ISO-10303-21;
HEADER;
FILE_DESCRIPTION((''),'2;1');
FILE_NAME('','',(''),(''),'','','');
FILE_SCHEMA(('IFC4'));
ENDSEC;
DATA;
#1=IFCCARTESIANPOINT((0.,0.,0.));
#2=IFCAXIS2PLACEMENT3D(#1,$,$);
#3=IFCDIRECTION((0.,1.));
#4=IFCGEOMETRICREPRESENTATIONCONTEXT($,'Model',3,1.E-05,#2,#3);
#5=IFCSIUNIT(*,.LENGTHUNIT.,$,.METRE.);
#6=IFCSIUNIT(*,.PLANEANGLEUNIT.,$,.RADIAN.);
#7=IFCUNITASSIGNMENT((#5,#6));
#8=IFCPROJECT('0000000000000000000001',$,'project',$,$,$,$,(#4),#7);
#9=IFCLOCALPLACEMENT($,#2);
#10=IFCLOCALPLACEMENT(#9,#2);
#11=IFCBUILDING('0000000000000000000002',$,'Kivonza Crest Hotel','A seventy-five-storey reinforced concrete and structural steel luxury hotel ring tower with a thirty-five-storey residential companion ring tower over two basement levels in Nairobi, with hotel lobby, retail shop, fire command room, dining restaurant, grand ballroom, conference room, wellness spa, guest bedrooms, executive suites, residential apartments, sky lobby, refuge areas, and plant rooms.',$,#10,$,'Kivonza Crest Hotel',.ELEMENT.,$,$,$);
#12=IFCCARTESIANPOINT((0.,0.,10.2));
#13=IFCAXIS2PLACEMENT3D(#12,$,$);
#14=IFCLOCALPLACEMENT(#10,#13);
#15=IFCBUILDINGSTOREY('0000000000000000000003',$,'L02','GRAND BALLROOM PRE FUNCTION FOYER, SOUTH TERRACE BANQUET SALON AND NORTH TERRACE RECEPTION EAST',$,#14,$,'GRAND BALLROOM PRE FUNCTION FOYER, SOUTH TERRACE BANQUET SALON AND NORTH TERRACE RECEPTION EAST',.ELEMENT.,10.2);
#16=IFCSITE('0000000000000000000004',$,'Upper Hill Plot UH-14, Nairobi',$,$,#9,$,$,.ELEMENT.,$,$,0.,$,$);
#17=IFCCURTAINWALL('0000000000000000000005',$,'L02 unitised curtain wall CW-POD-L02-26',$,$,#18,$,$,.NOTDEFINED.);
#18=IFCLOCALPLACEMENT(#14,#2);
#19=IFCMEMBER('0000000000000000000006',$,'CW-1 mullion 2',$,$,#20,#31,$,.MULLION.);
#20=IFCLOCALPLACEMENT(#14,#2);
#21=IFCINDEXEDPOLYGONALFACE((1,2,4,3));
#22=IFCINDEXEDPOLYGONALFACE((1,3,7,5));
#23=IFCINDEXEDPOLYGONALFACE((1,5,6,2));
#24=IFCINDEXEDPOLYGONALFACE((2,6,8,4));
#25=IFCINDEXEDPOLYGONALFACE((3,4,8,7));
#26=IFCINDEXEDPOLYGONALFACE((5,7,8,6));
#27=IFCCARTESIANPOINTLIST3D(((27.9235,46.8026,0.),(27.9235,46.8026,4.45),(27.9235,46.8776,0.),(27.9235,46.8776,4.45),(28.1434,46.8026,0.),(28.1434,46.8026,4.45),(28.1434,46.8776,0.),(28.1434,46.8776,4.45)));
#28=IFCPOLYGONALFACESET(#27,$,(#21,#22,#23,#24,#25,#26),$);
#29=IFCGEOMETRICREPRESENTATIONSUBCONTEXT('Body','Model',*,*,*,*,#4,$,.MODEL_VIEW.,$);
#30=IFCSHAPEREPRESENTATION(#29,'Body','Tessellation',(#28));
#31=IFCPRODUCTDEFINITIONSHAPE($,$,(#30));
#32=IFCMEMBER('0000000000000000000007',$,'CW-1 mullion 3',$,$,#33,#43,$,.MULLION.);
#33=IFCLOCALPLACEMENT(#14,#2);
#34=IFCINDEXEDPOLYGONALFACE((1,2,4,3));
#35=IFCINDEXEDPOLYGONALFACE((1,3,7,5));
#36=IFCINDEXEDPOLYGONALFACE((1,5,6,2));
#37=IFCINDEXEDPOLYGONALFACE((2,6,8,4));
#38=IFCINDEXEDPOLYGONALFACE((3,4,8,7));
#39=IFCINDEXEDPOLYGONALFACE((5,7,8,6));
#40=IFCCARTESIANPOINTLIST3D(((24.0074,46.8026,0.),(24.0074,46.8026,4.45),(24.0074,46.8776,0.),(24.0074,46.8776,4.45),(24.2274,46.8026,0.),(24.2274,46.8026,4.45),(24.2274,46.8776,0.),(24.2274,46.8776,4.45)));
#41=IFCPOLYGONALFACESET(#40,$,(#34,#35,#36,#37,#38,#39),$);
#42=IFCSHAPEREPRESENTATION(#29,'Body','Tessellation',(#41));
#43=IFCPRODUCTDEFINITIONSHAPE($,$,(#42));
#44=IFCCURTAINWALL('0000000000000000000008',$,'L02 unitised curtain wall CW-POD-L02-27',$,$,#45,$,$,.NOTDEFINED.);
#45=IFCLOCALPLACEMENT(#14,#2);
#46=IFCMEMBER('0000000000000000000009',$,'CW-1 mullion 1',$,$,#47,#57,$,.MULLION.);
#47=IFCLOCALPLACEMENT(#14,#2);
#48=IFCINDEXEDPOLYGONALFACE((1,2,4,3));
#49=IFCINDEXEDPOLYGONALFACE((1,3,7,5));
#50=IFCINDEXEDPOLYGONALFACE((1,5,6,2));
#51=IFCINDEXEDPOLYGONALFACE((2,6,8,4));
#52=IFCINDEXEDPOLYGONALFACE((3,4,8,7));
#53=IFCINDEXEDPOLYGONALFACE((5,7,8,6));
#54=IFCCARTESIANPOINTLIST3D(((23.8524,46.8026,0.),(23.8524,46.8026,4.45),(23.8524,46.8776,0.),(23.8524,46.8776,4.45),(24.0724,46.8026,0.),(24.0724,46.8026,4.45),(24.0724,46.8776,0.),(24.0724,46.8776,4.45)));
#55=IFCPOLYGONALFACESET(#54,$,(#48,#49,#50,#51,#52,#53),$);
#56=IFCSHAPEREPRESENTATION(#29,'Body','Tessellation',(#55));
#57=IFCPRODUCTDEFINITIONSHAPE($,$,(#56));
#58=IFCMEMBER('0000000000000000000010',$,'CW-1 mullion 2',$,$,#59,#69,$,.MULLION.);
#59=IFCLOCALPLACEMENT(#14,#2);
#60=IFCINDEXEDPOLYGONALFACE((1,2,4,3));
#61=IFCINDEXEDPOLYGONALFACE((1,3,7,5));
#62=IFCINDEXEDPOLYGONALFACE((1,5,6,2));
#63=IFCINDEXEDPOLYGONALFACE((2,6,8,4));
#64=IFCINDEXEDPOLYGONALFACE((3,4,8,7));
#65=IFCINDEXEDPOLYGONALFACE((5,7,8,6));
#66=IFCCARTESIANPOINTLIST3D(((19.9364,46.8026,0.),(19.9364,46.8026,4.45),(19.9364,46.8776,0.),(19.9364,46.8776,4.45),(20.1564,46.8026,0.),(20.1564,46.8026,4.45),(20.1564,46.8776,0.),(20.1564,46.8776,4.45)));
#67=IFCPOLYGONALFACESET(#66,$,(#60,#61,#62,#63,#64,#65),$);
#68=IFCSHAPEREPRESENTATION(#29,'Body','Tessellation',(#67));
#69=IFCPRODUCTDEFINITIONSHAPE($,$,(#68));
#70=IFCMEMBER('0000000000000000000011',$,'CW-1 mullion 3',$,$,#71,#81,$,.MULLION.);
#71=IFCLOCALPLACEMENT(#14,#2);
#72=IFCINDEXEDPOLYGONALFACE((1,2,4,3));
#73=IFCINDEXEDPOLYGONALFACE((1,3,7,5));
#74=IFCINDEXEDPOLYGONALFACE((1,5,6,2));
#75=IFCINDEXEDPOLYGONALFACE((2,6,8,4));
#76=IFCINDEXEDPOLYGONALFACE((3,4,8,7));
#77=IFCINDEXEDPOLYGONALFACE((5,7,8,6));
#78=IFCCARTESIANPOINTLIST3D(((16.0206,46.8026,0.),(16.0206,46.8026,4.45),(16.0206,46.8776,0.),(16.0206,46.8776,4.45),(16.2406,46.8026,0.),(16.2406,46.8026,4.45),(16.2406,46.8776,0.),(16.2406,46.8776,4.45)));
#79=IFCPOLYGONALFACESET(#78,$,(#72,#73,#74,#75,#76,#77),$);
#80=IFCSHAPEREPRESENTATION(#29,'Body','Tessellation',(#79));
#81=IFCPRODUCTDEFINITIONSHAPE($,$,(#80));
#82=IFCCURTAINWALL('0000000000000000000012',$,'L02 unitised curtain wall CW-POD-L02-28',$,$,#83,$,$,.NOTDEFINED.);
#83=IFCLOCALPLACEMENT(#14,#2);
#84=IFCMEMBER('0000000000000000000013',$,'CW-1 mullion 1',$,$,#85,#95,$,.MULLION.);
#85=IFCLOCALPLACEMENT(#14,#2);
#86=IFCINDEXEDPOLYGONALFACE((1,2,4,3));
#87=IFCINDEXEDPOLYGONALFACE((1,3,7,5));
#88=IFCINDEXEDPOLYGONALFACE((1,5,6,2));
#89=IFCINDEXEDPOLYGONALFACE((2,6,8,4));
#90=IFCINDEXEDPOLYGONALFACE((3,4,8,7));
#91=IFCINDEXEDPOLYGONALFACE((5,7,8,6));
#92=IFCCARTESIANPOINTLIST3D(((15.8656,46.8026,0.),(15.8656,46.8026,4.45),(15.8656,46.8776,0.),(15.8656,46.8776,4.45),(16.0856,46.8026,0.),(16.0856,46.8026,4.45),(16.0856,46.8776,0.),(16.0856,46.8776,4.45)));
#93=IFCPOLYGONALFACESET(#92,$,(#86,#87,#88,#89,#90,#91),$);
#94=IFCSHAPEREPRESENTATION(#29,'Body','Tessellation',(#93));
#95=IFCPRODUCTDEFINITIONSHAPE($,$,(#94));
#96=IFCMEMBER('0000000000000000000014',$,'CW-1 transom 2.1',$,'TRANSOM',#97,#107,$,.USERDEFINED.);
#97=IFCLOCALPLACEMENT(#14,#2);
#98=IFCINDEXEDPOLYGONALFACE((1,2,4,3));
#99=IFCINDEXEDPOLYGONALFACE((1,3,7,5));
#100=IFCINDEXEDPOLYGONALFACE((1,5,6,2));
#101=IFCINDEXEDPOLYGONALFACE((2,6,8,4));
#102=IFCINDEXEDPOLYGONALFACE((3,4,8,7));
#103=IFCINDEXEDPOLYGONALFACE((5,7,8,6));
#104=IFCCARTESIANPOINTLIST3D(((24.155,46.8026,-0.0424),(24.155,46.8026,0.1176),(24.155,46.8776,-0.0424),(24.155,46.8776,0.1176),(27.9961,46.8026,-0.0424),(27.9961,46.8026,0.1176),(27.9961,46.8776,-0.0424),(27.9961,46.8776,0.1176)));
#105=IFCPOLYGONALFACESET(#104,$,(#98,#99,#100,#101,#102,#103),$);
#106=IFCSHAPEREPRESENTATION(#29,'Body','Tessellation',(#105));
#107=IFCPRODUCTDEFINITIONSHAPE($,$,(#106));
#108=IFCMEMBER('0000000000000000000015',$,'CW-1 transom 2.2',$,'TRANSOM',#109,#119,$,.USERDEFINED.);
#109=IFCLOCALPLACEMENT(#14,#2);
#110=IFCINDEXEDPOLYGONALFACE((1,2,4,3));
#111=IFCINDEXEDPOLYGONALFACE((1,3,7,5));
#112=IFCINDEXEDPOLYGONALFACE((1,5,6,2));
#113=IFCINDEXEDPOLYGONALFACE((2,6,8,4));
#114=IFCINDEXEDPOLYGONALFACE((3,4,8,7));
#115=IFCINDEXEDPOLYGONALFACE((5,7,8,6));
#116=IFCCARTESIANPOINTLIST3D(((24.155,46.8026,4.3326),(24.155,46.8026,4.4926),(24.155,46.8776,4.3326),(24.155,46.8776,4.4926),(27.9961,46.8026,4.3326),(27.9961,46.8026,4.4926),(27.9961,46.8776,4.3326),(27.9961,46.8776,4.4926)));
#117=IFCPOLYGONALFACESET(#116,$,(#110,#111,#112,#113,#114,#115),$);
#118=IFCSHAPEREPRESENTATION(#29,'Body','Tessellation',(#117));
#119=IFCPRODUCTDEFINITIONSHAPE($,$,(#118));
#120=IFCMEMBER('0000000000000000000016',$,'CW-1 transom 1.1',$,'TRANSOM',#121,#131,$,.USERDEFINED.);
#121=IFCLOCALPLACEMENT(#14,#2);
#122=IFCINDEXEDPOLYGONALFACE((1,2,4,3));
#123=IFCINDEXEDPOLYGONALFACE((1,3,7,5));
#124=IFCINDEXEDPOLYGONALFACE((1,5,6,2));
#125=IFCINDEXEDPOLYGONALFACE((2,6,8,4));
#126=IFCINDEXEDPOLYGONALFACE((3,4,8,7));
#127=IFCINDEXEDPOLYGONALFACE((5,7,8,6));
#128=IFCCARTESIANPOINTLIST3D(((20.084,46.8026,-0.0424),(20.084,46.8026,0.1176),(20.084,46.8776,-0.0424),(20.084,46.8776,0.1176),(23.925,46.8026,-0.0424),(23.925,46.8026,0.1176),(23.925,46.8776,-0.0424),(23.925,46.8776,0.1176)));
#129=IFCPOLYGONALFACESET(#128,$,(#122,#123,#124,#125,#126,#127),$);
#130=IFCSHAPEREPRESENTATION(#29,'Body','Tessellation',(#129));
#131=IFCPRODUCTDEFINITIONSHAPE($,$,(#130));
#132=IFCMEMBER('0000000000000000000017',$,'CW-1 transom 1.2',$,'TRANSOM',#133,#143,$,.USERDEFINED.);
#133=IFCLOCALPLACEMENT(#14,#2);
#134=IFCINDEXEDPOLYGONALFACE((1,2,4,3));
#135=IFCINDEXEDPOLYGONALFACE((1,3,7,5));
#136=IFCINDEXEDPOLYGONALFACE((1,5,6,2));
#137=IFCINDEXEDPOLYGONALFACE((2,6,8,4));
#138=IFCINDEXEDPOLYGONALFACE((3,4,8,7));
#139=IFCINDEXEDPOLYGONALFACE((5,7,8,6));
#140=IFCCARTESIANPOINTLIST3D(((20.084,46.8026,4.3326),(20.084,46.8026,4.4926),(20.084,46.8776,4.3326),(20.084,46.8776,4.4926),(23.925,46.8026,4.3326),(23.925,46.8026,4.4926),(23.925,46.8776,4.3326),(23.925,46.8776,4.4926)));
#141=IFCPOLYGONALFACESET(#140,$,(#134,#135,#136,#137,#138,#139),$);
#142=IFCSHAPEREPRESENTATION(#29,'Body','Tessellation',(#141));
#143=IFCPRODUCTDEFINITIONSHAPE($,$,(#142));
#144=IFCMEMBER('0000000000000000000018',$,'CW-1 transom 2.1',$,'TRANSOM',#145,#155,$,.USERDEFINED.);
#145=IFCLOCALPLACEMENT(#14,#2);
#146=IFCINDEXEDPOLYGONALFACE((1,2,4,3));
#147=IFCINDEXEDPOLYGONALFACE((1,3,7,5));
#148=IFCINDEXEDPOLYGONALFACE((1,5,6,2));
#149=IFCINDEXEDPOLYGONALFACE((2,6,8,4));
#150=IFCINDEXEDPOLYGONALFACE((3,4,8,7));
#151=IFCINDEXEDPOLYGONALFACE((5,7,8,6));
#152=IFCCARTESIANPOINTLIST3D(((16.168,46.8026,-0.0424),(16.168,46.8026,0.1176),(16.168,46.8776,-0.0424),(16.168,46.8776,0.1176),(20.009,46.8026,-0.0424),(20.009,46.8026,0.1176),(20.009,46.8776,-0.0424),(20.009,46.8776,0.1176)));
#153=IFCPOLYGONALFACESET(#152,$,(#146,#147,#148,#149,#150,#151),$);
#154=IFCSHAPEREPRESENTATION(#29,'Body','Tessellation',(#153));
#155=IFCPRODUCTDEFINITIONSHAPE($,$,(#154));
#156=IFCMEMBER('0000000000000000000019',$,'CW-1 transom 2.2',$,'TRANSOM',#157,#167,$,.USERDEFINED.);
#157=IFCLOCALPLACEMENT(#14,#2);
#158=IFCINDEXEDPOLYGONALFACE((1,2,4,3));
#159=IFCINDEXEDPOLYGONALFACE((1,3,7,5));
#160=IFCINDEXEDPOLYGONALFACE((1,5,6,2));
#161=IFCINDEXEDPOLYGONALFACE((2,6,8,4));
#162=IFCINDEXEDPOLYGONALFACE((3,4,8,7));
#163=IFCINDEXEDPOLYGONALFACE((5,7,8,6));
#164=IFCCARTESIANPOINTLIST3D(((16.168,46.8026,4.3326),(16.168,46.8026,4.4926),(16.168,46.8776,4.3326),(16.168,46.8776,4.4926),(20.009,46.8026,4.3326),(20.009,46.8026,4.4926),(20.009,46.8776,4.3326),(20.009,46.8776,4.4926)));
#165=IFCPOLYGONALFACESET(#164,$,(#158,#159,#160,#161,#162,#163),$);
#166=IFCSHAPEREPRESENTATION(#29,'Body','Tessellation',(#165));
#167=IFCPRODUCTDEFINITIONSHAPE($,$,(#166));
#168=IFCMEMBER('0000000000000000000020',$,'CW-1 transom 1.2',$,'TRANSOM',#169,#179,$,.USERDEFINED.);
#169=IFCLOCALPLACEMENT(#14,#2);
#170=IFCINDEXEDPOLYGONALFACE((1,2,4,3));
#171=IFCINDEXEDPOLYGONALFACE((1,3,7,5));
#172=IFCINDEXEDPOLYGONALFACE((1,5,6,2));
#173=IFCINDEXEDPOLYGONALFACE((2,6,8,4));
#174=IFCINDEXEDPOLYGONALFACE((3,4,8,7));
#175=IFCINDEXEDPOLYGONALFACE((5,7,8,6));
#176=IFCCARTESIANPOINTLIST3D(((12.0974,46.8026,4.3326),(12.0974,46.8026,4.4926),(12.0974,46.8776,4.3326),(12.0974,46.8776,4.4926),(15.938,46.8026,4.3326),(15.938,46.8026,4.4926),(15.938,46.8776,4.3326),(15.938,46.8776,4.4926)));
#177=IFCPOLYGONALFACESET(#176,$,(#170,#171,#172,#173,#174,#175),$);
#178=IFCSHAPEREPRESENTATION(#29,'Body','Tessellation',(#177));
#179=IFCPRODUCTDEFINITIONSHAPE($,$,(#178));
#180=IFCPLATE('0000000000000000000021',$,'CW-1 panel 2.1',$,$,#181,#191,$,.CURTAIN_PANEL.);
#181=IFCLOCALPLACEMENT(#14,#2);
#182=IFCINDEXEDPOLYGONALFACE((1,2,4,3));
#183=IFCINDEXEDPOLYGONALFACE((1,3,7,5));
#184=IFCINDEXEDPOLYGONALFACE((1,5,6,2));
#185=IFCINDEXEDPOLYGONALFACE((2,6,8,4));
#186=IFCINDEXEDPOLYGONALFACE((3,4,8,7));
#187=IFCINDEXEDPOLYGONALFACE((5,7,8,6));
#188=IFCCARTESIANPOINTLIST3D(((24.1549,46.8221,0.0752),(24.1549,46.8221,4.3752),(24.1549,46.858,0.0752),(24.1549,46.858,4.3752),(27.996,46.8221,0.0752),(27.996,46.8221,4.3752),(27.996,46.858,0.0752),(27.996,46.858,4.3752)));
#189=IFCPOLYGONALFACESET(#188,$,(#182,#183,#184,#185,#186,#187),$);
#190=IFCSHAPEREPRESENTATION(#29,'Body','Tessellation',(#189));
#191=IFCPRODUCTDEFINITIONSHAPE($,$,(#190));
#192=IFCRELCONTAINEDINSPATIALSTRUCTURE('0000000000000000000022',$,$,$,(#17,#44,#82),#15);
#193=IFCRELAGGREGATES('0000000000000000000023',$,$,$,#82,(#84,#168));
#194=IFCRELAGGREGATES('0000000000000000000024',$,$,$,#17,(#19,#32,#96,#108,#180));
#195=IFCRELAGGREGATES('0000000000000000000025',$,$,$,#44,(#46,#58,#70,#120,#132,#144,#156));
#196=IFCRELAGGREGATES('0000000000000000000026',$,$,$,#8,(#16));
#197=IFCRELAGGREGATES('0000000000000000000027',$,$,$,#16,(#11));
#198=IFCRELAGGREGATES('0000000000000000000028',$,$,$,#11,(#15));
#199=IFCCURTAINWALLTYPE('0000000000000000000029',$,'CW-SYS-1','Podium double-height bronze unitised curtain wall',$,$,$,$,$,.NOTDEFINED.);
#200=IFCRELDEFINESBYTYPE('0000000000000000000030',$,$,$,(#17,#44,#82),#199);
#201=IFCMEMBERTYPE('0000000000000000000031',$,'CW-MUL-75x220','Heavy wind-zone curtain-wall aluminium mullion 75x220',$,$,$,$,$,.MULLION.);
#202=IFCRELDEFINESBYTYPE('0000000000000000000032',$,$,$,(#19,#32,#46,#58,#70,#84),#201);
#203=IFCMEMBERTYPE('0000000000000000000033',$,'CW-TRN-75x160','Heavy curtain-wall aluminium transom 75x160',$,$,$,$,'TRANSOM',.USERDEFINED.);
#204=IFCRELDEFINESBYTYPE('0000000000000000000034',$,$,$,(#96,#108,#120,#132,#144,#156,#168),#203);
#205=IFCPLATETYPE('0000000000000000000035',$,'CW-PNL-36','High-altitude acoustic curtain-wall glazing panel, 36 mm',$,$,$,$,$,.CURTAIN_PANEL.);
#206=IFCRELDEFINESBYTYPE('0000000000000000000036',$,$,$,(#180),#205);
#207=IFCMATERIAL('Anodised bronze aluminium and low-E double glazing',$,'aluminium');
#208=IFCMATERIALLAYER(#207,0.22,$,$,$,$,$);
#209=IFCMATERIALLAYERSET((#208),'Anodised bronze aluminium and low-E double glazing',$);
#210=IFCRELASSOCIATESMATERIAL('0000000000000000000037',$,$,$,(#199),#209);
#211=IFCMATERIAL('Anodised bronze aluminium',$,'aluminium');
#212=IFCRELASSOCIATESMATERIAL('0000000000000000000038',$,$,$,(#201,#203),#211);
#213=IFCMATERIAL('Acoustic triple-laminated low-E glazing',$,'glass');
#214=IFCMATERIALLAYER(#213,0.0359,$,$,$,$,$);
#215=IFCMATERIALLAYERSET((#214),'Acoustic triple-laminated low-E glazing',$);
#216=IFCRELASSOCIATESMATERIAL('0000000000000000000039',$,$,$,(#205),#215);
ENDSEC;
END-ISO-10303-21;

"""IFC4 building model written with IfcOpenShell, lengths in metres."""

from ifc_helpers import new_model, si_unit, direction, frame, origin, origin_2d, place, context, subcontext, project, spatial, rectangle, extrude, material, layer, layer_set, material_profile, profile_set, type_object, element, aggregate, save


model = new_model("IFC4")

# Units and contexts
model_context = context("Model", 3, precision=1e-05, world=origin(), true_north=direction((0.0, 1.0)))
body_context = subcontext(model_context, "Body", "Model", "MODEL_VIEW")
ifc_project = project(units=[si_unit("LENGTHUNIT", "METRE"), si_unit("PLANEANGLEUNIT", "RADIAN")], contexts=[model_context])

# Site, building, storey
site_placement = place(None, origin())
site = spatial("IfcSite", under=ifc_project, at=site_placement, Name="Upper Hill Plot UH-14, Nairobi", CompositionType="ELEMENT", RefElevation=0.0)
building_placement = place(site_placement, origin())
building = spatial("IfcBuilding", under=site, at=building_placement, Name="Kivonza Crest Hotel", Description="A seventy-five-storey reinforced concrete and structural steel luxury hotel ring tower with a thirty-five-storey residential companion ring tower over two basement levels in Nairobi, with hotel lobby, retail shop, fire command room, dining restaurant, grand ballroom, conference room, wellness spa, guest bedrooms, executive suites, residential apartments, sky lobby, refuge areas, and plant rooms.", LongName="Kivonza Crest Hotel", CompositionType="ELEMENT")
storey_placement = place(building_placement, frame((0.0, 0.0, 10.2)))
storey = spatial("IfcBuildingStorey", under=building, at=storey_placement, Name="L02", Description="GRAND BALLROOM PRE FUNCTION FOYER, SOUTH TERRACE BANQUET SALON AND NORTH TERRACE RECEPTION EAST", LongName="GRAND BALLROOM PRE FUNCTION FOYER, SOUTH TERRACE BANQUET SALON AND NORTH TERRACE RECEPTION EAST", CompositionType="ELEMENT", Elevation=10.2)

# Curtain walls, members
ifc_material_1 = material(Name="Anodised bronze aluminium and low-E double glazing", Category="aluminium")
ifc_layer_1 = layer(ifc_material_1, 0.22)
ifc_layer_set_1 = layer_set([ifc_layer_1], Name="Anodised bronze aluminium and low-E double glazing")
curtain_wall_type = type_object("IfcCurtainWallType", Name="CW-SYS-1", Description="Podium double-height bronze unitised curtain wall", PredefinedType="NOTDEFINED", material=ifc_layer_set_1)
curtain_wall_1_placement = place(storey_placement, origin())
curtain_wall_1 = element("IfcCurtainWall", 1, at=curtain_wall_1_placement, inside=storey, type_object=curtain_wall_type, Name="L02 unitised curtain wall CW-POD-L02-26", PredefinedType="NOTDEFINED")
ifc_material_2 = material(Name="Anodised bronze aluminium", Category="aluminium")
ifc_material_profile_1 = material_profile(ifc_material_2, rectangle(XDim=0.075, YDim=0.22, at=origin_2d()), Name="CW-M 75x220")
ifc_profile_set_1 = profile_set([ifc_material_profile_1], Name="Anodised bronze aluminium")
member_type_1 = type_object("IfcMemberType", Name="CW-MUL-75x220", Description="Heavy wind-zone curtain-wall aluminium mullion 75x220", PredefinedType="MULLION", material=ifc_profile_set_1)
member_1_placement = place(storey_placement, frame((28.0334, 46.8401, 0.0), z_axis=(0.0, 0.0, 1.0), x_axis=(0.0, -1.0, 0.0)))
member_1 = element("IfcMember", 2, at=member_1_placement, type_object=member_type_1, Name="CW-1 mullion 2", PredefinedType="MULLION", context=body_context, shape_type="SweptSolid", body=[
    extrude(rectangle(XDim=0.075, YDim=0.22, at=origin_2d()), origin(), (0.0, 0.0, 1.0), 4.45),
])
member_2_placement = place(storey_placement, frame((24.1174, 46.8401, 0.0), z_axis=(0.0, 0.0, 1.0), x_axis=(0.0, -1.0, 0.0)))
member_2 = element("IfcMember", 3, at=member_2_placement, type_object=member_type_1, Name="CW-1 mullion 3", PredefinedType="MULLION", context=body_context, shape_type="SweptSolid", body=[
    extrude(rectangle(XDim=0.075, YDim=0.22, at=origin_2d()), origin(), (0.0, 0.0, 1.0), 4.45),
])
curtain_wall_2_placement = place(storey_placement, origin())
curtain_wall_2 = element("IfcCurtainWall", 4, at=curtain_wall_2_placement, inside=storey, type_object=curtain_wall_type, Name="L02 unitised curtain wall CW-POD-L02-27", PredefinedType="NOTDEFINED")
member_3_placement = place(storey_placement, frame((23.9624, 46.8401, 0.0), z_axis=(0.0, 0.0, 1.0), x_axis=(0.0, -1.0, 0.0)))
member_3 = element("IfcMember", 5, at=member_3_placement, type_object=member_type_1, Name="CW-1 mullion 1", PredefinedType="MULLION", context=body_context, shape_type="SweptSolid", body=[
    extrude(rectangle(XDim=0.075, YDim=0.22, at=origin_2d()), origin(), (0.0, 0.0, 1.0), 4.45),
])
member_4_placement = place(storey_placement, frame((20.0464, 46.8401, 0.0), z_axis=(0.0, 0.0, 1.0), x_axis=(0.0, -1.0, 0.0)))
member_4 = element("IfcMember", 6, at=member_4_placement, type_object=member_type_1, Name="CW-1 mullion 2", PredefinedType="MULLION", context=body_context, shape_type="SweptSolid", body=[
    extrude(rectangle(XDim=0.075, YDim=0.22, at=origin_2d()), origin(), (0.0, 0.0, 1.0), 4.45),
])
member_5_placement = place(storey_placement, frame((16.1306, 46.8401, 0.0), z_axis=(0.0, 0.0, 1.0), x_axis=(0.0, -1.0, 0.0)))
member_5 = element("IfcMember", 7, at=member_5_placement, type_object=member_type_1, Name="CW-1 mullion 3", PredefinedType="MULLION", context=body_context, shape_type="SweptSolid", body=[
    extrude(rectangle(XDim=0.075, YDim=0.22, at=origin_2d()), origin(), (0.0, 0.0, 1.0), 4.45),
])

# Curtain wall, member
curtain_wall_3_placement = place(storey_placement, origin())
curtain_wall_3 = element("IfcCurtainWall", 8, at=curtain_wall_3_placement, inside=storey, type_object=curtain_wall_type, Name="L02 unitised curtain wall CW-POD-L02-28", PredefinedType="NOTDEFINED")
member_6_placement = place(storey_placement, frame((15.9756, 46.8401, 0.0), z_axis=(0.0, 0.0, 1.0), x_axis=(0.0, -1.0, 0.0)))
member_6 = element("IfcMember", 9, at=member_6_placement, type_object=member_type_1, Name="CW-1 mullion 1", PredefinedType="MULLION", context=body_context, shape_type="SweptSolid", body=[
    extrude(rectangle(XDim=0.075, YDim=0.22, at=origin_2d()), origin(), (0.0, 0.0, 1.0), 4.45),
])

# Members
ifc_material_profile_2 = material_profile(ifc_material_2, rectangle(XDim=0.075, YDim=0.1599, at=origin_2d()), Name="CW-T 75x160")
ifc_profile_set_2 = profile_set([ifc_material_profile_2], Name="Anodised bronze aluminium")
member_type_2 = type_object("IfcMemberType", Name="CW-TRN-75x160", Description="Heavy curtain-wall aluminium transom 75x160", ElementType="TRANSOM", PredefinedType="USERDEFINED", material=ifc_profile_set_2)
member_7_placement = place(storey_placement, frame((27.9961, 46.8401, 0.0376), z_axis=(-1.0, 0.0, 0.0), x_axis=(0.0, -1.0, 0.0)))
member_7 = element("IfcMember", 10, at=member_7_placement, type_object=member_type_2, Name="CW-1 transom 2.1", ObjectType="TRANSOM", PredefinedType="USERDEFINED", context=body_context, shape_type="SweptSolid", body=[
    extrude(rectangle(XDim=0.075, YDim=0.1599, at=origin_2d()), origin(), (0.0, 0.0, 1.0), 3.8411),
])
member_8_placement = place(storey_placement, frame((27.9961, 46.8401, 4.4126), z_axis=(-1.0, 0.0, 0.0), x_axis=(0.0, -1.0, 0.0)))
member_8 = element("IfcMember", 11, at=member_8_placement, type_object=member_type_2, Name="CW-1 transom 2.2", ObjectType="TRANSOM", PredefinedType="USERDEFINED", context=body_context, shape_type="SweptSolid", body=[
    extrude(rectangle(XDim=0.075, YDim=0.1599, at=origin_2d()), origin(), (0.0, 0.0, 1.0), 3.8411),
])
member_9_placement = place(storey_placement, frame((23.925, 46.8401, 0.0376), z_axis=(-1.0, 0.0, 0.0), x_axis=(0.0, -1.0, 0.0)))
member_9 = element("IfcMember", 12, at=member_9_placement, type_object=member_type_2, Name="CW-1 transom 1.1", ObjectType="TRANSOM", PredefinedType="USERDEFINED", context=body_context, shape_type="SweptSolid", body=[
    extrude(rectangle(XDim=0.075, YDim=0.1599, at=origin_2d()), origin(), (0.0, 0.0, 1.0), 3.8411),
])
member_10_placement = place(storey_placement, frame((23.925, 46.8401, 4.4126), z_axis=(-1.0, 0.0, 0.0), x_axis=(0.0, -1.0, 0.0)))
member_10 = element("IfcMember", 13, at=member_10_placement, type_object=member_type_2, Name="CW-1 transom 1.2", ObjectType="TRANSOM", PredefinedType="USERDEFINED", context=body_context, shape_type="SweptSolid", body=[
    extrude(rectangle(XDim=0.075, YDim=0.1599, at=origin_2d()), origin(), (0.0, 0.0, 1.0), 3.8411),
])
member_11_placement = place(storey_placement, frame((20.009, 46.8401, 0.0376), z_axis=(-1.0, 0.0, 0.0), x_axis=(0.0, -1.0, 0.0)))
member_11 = element("IfcMember", 14, at=member_11_placement, type_object=member_type_2, Name="CW-1 transom 2.1", ObjectType="TRANSOM", PredefinedType="USERDEFINED", context=body_context, shape_type="SweptSolid", body=[
    extrude(rectangle(XDim=0.075, YDim=0.1599, at=origin_2d()), origin(), (0.0, 0.0, 1.0), 3.8411),
])
member_12_placement = place(storey_placement, frame((20.009, 46.8401, 4.4126), z_axis=(-1.0, 0.0, 0.0), x_axis=(0.0, -1.0, 0.0)))
member_12 = element("IfcMember", 15, at=member_12_placement, type_object=member_type_2, Name="CW-1 transom 2.2", ObjectType="TRANSOM", PredefinedType="USERDEFINED", context=body_context, shape_type="SweptSolid", body=[
    extrude(rectangle(XDim=0.075, YDim=0.1599, at=origin_2d()), origin(), (0.0, 0.0, 1.0), 3.8411),
])
member_13_placement = place(storey_placement, frame((15.938, 46.8401, 4.4126), z_axis=(-1.0, 0.0, 0.0), x_axis=(0.0, -1.0, 0.0)))
member_13 = element("IfcMember", 16, at=member_13_placement, type_object=member_type_2, Name="CW-1 transom 1.2", ObjectType="TRANSOM", PredefinedType="USERDEFINED", context=body_context, shape_type="SweptSolid", body=[
    extrude(rectangle(XDim=0.075, YDim=0.1599, at=origin_2d()), origin(), (0.0, 0.0, 1.0), 3.8406),
])
aggregate(curtain_wall_3, [member_6, member_13])

# Plate
ifc_material_3 = material(Name="Acoustic triple-laminated low-E glazing", Category="glass")
ifc_layer_2 = layer(ifc_material_3, 0.0359)
ifc_layer_set_2 = layer_set([ifc_layer_2], Name="Acoustic triple-laminated low-E glazing")
plate_type = type_object("IfcPlateType", Name="CW-PNL-36", Description="High-altitude acoustic curtain-wall glazing panel, 36 mm", PredefinedType="CURTAIN_PANEL", material=ifc_layer_set_2)
plate_1_placement = place(storey_placement, frame((26.0754, 46.8401, 0.0752), z_axis=(0.0, 0.0, 1.0), x_axis=(-1.0, 0.0, 0.0)))
plate_1 = element("IfcPlate", 17, at=plate_1_placement, type_object=plate_type, Name="CW-1 panel 2.1", PredefinedType="CURTAIN_PANEL", context=body_context, shape_type="SweptSolid", body=[
    extrude(rectangle(XDim=3.8411, YDim=0.0359, at=origin_2d()), origin(), (0.0, 0.0, 1.0), 4.3),
])
aggregate(curtain_wall_1, [member_1, member_2, member_7, member_8, plate_1])
aggregate(curtain_wall_2, [member_3, member_4, member_5, member_9, member_10, member_11, member_12])

save(model, "model.ifc")
